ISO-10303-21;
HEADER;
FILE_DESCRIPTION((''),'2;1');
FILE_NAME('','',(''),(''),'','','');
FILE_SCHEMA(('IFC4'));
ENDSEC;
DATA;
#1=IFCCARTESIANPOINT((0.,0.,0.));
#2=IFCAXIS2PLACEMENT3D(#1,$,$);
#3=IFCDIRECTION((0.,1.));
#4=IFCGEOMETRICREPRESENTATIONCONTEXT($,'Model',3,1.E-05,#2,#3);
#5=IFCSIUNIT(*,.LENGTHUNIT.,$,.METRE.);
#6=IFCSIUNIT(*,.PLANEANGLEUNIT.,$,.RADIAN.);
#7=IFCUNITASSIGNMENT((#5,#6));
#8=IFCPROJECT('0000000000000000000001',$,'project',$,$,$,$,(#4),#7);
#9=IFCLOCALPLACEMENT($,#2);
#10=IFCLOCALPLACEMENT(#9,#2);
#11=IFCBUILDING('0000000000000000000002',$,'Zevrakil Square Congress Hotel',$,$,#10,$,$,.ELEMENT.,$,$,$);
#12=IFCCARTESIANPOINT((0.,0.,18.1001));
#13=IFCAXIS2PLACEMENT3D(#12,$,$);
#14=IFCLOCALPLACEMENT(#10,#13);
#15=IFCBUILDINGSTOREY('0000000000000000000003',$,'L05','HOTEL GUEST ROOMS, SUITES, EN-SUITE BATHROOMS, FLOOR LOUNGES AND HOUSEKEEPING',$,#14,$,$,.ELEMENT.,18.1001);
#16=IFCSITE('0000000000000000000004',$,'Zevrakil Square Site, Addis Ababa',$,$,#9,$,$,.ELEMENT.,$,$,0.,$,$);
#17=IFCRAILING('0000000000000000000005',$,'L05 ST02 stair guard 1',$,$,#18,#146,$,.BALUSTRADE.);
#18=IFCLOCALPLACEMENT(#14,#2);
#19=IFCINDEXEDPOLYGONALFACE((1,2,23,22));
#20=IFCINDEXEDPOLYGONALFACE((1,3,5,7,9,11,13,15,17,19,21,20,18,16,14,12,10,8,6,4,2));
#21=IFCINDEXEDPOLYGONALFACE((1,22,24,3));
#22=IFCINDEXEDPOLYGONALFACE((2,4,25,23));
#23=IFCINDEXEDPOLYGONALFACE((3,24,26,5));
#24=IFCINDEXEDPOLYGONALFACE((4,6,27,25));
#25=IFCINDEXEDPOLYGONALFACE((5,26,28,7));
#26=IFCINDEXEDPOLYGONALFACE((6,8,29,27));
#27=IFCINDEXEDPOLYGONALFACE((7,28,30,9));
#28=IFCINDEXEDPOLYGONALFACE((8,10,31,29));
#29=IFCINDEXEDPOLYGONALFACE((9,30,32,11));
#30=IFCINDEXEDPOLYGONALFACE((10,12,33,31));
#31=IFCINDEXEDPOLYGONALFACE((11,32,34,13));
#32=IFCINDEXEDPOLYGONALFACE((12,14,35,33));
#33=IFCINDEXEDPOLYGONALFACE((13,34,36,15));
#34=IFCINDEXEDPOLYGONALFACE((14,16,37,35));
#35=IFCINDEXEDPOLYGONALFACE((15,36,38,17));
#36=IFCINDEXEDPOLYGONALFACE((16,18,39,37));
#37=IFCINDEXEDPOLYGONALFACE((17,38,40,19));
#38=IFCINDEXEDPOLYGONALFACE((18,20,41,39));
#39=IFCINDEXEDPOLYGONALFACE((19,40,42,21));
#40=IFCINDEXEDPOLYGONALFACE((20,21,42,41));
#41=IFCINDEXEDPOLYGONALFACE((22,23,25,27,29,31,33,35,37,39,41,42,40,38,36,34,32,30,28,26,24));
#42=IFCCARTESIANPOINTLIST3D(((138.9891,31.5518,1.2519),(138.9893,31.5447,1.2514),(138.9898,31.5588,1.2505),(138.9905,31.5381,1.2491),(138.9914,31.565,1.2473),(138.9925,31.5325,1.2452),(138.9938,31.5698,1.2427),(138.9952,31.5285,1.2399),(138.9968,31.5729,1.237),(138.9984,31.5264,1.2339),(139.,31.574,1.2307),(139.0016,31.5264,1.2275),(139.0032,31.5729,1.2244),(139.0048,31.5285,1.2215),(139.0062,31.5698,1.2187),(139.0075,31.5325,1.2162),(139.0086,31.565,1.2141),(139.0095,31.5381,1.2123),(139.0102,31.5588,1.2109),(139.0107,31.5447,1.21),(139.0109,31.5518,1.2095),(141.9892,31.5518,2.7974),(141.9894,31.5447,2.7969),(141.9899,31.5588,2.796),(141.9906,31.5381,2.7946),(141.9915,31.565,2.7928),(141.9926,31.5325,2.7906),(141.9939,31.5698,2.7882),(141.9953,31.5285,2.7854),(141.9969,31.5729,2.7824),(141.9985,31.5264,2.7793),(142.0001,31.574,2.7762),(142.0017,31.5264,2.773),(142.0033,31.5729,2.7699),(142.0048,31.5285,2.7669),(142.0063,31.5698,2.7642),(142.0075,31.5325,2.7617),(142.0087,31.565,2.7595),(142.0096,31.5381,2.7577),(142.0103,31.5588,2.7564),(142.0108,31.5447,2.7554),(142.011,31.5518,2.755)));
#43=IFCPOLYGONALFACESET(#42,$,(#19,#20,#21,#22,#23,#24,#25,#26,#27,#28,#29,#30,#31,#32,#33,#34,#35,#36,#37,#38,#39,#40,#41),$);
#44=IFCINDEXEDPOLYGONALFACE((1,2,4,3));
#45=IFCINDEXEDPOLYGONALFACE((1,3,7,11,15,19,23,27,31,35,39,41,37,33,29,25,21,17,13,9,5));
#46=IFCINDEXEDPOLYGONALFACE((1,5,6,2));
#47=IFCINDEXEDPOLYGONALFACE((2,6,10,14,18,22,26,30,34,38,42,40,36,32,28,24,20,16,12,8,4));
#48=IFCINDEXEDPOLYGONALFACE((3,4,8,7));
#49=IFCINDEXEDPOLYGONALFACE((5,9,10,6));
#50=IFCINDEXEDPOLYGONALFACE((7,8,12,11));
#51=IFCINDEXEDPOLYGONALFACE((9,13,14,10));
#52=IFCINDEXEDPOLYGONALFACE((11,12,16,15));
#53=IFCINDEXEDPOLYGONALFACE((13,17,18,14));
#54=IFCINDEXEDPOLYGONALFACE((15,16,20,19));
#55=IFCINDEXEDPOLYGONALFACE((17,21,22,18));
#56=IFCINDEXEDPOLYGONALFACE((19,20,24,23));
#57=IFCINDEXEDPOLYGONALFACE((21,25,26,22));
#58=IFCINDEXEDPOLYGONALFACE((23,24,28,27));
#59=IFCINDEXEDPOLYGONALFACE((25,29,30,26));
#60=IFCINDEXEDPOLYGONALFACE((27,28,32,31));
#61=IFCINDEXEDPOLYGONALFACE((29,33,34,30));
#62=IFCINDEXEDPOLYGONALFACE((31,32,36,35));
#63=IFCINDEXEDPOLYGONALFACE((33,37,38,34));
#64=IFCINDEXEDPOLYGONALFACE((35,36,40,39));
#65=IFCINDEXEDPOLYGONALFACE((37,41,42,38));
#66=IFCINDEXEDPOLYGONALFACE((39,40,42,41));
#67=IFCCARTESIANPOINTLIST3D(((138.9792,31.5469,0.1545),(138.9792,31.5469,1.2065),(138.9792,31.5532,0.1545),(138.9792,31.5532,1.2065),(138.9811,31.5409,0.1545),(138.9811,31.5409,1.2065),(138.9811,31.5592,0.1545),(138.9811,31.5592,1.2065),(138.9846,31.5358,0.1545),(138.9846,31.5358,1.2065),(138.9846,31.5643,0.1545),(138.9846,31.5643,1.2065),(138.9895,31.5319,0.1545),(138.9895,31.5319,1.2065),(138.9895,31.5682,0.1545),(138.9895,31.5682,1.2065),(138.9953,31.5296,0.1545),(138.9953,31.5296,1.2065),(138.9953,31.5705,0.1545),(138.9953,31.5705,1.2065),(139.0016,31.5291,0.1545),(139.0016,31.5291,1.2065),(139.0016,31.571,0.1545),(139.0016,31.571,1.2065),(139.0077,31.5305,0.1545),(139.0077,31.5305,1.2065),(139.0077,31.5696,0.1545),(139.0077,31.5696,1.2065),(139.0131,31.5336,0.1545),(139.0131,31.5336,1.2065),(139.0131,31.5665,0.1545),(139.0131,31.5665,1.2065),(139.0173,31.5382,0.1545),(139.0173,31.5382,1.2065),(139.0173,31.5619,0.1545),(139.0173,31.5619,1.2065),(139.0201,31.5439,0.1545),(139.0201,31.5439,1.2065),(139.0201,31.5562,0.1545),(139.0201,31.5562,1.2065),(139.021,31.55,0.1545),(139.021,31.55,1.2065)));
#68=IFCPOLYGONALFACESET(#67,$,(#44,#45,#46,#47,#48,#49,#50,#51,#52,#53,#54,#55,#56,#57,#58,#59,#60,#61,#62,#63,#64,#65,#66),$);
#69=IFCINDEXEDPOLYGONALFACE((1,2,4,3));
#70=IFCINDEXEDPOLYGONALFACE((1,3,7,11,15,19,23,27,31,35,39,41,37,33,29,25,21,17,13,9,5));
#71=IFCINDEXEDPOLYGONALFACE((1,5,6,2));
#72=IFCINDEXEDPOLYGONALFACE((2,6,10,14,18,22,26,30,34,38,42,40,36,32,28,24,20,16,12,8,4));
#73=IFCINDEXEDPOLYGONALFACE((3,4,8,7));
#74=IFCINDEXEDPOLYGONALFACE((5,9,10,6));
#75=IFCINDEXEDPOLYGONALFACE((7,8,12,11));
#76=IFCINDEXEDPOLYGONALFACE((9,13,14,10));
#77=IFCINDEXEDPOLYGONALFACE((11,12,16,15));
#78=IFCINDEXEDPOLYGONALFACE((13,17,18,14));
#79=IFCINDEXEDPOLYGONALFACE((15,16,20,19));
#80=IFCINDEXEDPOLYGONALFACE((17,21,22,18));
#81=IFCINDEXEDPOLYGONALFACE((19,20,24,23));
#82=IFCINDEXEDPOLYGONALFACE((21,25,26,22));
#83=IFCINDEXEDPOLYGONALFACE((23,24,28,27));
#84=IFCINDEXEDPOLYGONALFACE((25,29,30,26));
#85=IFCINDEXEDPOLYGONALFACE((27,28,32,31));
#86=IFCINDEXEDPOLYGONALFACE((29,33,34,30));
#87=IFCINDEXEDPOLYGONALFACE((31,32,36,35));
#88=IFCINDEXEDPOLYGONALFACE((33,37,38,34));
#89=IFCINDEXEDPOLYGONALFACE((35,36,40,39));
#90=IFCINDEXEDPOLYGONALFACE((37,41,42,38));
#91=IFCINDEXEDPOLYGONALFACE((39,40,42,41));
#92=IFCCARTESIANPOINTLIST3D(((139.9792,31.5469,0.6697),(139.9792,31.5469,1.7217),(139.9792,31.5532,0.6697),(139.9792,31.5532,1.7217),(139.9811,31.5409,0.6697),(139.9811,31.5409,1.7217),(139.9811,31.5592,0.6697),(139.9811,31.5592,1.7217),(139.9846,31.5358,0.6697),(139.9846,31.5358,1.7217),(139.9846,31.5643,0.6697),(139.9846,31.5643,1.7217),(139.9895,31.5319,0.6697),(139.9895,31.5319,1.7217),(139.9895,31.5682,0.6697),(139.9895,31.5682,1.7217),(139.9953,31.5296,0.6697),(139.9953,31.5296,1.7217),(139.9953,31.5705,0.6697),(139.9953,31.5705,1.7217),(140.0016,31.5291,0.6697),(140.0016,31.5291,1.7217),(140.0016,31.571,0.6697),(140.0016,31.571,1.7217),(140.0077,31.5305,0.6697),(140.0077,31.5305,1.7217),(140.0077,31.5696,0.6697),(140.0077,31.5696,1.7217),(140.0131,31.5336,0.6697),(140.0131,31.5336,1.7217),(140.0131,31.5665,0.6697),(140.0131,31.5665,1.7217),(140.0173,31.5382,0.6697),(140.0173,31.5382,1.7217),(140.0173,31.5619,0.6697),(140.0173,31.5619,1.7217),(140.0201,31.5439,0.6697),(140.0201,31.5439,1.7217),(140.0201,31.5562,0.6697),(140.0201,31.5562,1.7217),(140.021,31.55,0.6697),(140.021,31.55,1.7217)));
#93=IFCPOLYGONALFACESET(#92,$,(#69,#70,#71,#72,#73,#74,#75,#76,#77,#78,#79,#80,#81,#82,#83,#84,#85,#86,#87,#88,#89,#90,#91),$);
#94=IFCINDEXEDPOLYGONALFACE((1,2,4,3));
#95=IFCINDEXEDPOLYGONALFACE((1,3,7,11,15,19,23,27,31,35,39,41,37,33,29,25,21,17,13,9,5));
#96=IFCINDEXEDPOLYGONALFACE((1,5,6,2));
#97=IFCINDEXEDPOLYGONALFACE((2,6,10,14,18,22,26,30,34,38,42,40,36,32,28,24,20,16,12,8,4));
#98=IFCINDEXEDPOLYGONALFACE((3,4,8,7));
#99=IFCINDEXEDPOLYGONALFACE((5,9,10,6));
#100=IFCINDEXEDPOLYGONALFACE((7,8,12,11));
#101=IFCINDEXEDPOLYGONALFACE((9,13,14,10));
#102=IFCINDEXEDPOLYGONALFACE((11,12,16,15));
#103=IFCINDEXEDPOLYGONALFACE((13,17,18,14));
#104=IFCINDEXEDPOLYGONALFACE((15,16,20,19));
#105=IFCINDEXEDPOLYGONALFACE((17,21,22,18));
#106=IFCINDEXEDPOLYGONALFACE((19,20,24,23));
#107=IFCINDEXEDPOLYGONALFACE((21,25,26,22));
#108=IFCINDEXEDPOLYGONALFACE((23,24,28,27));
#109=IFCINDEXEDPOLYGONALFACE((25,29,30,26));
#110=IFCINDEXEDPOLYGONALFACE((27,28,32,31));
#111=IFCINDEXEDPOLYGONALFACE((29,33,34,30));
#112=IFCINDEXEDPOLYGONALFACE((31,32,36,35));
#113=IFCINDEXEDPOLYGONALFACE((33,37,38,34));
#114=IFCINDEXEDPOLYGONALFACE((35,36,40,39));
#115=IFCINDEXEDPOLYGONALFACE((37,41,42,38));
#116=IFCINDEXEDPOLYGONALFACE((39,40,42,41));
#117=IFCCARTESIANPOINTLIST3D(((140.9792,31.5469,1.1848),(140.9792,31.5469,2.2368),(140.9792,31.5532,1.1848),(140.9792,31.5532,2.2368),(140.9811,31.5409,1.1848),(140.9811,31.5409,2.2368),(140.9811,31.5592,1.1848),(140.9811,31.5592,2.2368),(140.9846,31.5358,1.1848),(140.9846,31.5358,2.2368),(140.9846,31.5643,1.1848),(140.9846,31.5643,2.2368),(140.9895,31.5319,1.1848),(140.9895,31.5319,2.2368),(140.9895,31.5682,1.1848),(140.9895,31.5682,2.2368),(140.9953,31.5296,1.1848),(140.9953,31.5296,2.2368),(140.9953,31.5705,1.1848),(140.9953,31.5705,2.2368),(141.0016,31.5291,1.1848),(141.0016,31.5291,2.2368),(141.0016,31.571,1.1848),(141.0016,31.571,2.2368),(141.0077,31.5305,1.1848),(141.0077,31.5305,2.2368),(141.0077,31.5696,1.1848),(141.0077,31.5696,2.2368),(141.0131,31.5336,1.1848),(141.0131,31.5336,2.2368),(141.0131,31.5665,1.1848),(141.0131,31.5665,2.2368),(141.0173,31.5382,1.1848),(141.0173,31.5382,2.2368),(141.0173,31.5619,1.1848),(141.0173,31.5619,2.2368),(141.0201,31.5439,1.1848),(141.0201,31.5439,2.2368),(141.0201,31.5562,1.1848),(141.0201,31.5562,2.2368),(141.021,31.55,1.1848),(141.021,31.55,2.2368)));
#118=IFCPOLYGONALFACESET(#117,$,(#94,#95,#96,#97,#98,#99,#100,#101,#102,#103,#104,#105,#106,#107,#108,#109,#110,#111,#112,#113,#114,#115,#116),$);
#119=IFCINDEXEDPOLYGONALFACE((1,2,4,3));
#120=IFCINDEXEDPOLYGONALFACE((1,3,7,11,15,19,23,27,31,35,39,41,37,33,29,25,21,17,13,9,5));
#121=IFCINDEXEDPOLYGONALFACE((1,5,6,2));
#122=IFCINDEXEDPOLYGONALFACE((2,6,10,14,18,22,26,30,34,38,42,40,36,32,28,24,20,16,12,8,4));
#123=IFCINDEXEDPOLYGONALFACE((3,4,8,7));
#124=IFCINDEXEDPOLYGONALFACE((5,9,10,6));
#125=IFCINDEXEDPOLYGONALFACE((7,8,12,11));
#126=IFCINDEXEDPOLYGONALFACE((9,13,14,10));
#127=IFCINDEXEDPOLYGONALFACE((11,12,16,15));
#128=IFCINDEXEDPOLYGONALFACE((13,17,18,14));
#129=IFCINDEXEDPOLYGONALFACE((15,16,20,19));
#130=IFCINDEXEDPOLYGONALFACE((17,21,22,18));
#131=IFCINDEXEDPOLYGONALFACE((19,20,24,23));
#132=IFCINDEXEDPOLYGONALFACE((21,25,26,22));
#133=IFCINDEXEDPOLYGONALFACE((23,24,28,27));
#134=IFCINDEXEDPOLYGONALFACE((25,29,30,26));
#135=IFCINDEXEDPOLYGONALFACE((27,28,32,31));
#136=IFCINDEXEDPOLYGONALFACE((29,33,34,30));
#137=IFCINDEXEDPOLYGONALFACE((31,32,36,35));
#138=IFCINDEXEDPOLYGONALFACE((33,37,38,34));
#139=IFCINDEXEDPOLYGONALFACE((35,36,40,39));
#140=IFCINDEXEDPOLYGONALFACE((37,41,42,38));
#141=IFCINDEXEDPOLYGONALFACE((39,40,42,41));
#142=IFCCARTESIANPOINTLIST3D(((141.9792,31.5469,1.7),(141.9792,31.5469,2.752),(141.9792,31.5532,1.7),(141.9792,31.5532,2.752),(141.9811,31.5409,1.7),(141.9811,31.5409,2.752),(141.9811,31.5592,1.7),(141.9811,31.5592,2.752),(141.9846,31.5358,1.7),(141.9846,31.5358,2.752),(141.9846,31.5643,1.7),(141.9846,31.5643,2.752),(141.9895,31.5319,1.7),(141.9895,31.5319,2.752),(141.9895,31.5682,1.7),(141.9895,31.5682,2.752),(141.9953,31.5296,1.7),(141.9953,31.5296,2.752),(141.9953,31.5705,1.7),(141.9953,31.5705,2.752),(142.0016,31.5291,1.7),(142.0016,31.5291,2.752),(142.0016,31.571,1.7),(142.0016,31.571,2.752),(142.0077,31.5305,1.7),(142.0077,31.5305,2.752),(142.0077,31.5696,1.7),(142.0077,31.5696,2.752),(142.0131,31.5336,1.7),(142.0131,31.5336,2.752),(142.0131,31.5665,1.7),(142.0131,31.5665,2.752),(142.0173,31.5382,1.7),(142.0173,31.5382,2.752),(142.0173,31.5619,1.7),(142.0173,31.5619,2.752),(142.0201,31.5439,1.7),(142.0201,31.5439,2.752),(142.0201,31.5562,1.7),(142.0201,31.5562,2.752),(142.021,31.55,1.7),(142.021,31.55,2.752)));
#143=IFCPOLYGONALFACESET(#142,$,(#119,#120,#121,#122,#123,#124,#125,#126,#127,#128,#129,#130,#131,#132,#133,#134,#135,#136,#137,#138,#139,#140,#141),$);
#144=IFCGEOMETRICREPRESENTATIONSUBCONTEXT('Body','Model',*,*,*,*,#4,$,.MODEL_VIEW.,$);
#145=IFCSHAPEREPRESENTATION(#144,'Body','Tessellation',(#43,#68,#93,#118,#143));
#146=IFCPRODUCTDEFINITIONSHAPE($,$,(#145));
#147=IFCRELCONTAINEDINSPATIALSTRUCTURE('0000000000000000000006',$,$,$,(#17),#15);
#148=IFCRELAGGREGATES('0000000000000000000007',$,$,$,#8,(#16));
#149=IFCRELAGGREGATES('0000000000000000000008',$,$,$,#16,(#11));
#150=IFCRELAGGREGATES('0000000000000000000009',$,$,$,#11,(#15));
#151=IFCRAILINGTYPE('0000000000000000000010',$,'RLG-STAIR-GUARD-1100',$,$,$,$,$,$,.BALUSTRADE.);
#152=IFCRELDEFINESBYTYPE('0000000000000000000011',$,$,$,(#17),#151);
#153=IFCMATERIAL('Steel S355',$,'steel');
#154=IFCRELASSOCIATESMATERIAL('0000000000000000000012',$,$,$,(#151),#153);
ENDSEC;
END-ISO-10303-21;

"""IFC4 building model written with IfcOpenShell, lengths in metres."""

from ifc_helpers import new_model, si_unit, direction, frame, origin, origin_2d, place, context, subcontext, project, spatial, circle, extrude, material, type_object, element, save


model = new_model("IFC4")

# Units and contexts
model_context = context("Model", 3, precision=1e-05, world=origin(), true_north=direction((0.0, 1.0)))
body_context = subcontext(model_context, "Body", "Model", "MODEL_VIEW")
ifc_project = project(units=[si_unit("LENGTHUNIT", "METRE"), si_unit("PLANEANGLEUNIT", "RADIAN")], contexts=[model_context])

# Site, building, storey
site_placement = place(None, origin())
site = spatial("IfcSite", under=ifc_project, at=site_placement, Name="Zevrakil Square Site, Addis Ababa", CompositionType="ELEMENT", RefElevation=0.0)
building_placement = place(site_placement, origin())
building = spatial("IfcBuilding", under=site, at=building_placement, Name="Zevrakil Square Congress Hotel", CompositionType="ELEMENT")
storey_placement = place(building_placement, frame((0.0, 0.0, 18.1001)))
storey = spatial("IfcBuildingStorey", under=building, at=storey_placement, Name="L05", Description="HOTEL GUEST ROOMS, SUITES, EN-SUITE BATHROOMS, FLOOR LOUNGES AND HOUSEKEEPING", CompositionType="ELEMENT", Elevation=18.1001)

# Railing
ifc_material_1 = material(Name="Steel S355", Category="steel")
railing_type_1 = type_object("IfcRailingType", Name="RLG-STAIR-GUARD-1100", PredefinedType="BALUSTRADE", material=ifc_material_1)
railing_1_placement = place(storey_placement, frame((139.0, 31.55, 0.1545)))
element("IfcRailing", 1, at=railing_1_placement, inside=storey, type_object=railing_type_1, Name="L05 ST02 stair guard 1", PredefinedType="BALUSTRADE", context=body_context, shape_type="SweptSolid", body=[
    extrude(circle(Radius=0.0239, at=origin_2d()), frame((0.0, 0.0, 1.0762), z_axis=(0.88898, 0.0, 0.457946), x_axis=(0.0, 1.0, 0.0)), (0.0, 0.0, 1.0), 3.3748),
    extrude(circle(Radius=0.021, at=origin_2d()), origin(), (0.0, 0.0, 1.0), 1.052),
    extrude(circle(Radius=0.021, at=origin_2d()), frame((1.0, 0.0, 0.5151)), (0.0, 0.0, 1.0), 1.052),
    extrude(circle(Radius=0.021, at=origin_2d()), frame((2.0, 0.0, 1.0303)), (0.0, 0.0, 1.0), 1.052),
    extrude(circle(Radius=0.021, at=origin_2d()), frame((3.0, 0.0, 1.5454)), (0.0, 0.0, 1.0), 1.052),
])

save(model, "model.ifc")
